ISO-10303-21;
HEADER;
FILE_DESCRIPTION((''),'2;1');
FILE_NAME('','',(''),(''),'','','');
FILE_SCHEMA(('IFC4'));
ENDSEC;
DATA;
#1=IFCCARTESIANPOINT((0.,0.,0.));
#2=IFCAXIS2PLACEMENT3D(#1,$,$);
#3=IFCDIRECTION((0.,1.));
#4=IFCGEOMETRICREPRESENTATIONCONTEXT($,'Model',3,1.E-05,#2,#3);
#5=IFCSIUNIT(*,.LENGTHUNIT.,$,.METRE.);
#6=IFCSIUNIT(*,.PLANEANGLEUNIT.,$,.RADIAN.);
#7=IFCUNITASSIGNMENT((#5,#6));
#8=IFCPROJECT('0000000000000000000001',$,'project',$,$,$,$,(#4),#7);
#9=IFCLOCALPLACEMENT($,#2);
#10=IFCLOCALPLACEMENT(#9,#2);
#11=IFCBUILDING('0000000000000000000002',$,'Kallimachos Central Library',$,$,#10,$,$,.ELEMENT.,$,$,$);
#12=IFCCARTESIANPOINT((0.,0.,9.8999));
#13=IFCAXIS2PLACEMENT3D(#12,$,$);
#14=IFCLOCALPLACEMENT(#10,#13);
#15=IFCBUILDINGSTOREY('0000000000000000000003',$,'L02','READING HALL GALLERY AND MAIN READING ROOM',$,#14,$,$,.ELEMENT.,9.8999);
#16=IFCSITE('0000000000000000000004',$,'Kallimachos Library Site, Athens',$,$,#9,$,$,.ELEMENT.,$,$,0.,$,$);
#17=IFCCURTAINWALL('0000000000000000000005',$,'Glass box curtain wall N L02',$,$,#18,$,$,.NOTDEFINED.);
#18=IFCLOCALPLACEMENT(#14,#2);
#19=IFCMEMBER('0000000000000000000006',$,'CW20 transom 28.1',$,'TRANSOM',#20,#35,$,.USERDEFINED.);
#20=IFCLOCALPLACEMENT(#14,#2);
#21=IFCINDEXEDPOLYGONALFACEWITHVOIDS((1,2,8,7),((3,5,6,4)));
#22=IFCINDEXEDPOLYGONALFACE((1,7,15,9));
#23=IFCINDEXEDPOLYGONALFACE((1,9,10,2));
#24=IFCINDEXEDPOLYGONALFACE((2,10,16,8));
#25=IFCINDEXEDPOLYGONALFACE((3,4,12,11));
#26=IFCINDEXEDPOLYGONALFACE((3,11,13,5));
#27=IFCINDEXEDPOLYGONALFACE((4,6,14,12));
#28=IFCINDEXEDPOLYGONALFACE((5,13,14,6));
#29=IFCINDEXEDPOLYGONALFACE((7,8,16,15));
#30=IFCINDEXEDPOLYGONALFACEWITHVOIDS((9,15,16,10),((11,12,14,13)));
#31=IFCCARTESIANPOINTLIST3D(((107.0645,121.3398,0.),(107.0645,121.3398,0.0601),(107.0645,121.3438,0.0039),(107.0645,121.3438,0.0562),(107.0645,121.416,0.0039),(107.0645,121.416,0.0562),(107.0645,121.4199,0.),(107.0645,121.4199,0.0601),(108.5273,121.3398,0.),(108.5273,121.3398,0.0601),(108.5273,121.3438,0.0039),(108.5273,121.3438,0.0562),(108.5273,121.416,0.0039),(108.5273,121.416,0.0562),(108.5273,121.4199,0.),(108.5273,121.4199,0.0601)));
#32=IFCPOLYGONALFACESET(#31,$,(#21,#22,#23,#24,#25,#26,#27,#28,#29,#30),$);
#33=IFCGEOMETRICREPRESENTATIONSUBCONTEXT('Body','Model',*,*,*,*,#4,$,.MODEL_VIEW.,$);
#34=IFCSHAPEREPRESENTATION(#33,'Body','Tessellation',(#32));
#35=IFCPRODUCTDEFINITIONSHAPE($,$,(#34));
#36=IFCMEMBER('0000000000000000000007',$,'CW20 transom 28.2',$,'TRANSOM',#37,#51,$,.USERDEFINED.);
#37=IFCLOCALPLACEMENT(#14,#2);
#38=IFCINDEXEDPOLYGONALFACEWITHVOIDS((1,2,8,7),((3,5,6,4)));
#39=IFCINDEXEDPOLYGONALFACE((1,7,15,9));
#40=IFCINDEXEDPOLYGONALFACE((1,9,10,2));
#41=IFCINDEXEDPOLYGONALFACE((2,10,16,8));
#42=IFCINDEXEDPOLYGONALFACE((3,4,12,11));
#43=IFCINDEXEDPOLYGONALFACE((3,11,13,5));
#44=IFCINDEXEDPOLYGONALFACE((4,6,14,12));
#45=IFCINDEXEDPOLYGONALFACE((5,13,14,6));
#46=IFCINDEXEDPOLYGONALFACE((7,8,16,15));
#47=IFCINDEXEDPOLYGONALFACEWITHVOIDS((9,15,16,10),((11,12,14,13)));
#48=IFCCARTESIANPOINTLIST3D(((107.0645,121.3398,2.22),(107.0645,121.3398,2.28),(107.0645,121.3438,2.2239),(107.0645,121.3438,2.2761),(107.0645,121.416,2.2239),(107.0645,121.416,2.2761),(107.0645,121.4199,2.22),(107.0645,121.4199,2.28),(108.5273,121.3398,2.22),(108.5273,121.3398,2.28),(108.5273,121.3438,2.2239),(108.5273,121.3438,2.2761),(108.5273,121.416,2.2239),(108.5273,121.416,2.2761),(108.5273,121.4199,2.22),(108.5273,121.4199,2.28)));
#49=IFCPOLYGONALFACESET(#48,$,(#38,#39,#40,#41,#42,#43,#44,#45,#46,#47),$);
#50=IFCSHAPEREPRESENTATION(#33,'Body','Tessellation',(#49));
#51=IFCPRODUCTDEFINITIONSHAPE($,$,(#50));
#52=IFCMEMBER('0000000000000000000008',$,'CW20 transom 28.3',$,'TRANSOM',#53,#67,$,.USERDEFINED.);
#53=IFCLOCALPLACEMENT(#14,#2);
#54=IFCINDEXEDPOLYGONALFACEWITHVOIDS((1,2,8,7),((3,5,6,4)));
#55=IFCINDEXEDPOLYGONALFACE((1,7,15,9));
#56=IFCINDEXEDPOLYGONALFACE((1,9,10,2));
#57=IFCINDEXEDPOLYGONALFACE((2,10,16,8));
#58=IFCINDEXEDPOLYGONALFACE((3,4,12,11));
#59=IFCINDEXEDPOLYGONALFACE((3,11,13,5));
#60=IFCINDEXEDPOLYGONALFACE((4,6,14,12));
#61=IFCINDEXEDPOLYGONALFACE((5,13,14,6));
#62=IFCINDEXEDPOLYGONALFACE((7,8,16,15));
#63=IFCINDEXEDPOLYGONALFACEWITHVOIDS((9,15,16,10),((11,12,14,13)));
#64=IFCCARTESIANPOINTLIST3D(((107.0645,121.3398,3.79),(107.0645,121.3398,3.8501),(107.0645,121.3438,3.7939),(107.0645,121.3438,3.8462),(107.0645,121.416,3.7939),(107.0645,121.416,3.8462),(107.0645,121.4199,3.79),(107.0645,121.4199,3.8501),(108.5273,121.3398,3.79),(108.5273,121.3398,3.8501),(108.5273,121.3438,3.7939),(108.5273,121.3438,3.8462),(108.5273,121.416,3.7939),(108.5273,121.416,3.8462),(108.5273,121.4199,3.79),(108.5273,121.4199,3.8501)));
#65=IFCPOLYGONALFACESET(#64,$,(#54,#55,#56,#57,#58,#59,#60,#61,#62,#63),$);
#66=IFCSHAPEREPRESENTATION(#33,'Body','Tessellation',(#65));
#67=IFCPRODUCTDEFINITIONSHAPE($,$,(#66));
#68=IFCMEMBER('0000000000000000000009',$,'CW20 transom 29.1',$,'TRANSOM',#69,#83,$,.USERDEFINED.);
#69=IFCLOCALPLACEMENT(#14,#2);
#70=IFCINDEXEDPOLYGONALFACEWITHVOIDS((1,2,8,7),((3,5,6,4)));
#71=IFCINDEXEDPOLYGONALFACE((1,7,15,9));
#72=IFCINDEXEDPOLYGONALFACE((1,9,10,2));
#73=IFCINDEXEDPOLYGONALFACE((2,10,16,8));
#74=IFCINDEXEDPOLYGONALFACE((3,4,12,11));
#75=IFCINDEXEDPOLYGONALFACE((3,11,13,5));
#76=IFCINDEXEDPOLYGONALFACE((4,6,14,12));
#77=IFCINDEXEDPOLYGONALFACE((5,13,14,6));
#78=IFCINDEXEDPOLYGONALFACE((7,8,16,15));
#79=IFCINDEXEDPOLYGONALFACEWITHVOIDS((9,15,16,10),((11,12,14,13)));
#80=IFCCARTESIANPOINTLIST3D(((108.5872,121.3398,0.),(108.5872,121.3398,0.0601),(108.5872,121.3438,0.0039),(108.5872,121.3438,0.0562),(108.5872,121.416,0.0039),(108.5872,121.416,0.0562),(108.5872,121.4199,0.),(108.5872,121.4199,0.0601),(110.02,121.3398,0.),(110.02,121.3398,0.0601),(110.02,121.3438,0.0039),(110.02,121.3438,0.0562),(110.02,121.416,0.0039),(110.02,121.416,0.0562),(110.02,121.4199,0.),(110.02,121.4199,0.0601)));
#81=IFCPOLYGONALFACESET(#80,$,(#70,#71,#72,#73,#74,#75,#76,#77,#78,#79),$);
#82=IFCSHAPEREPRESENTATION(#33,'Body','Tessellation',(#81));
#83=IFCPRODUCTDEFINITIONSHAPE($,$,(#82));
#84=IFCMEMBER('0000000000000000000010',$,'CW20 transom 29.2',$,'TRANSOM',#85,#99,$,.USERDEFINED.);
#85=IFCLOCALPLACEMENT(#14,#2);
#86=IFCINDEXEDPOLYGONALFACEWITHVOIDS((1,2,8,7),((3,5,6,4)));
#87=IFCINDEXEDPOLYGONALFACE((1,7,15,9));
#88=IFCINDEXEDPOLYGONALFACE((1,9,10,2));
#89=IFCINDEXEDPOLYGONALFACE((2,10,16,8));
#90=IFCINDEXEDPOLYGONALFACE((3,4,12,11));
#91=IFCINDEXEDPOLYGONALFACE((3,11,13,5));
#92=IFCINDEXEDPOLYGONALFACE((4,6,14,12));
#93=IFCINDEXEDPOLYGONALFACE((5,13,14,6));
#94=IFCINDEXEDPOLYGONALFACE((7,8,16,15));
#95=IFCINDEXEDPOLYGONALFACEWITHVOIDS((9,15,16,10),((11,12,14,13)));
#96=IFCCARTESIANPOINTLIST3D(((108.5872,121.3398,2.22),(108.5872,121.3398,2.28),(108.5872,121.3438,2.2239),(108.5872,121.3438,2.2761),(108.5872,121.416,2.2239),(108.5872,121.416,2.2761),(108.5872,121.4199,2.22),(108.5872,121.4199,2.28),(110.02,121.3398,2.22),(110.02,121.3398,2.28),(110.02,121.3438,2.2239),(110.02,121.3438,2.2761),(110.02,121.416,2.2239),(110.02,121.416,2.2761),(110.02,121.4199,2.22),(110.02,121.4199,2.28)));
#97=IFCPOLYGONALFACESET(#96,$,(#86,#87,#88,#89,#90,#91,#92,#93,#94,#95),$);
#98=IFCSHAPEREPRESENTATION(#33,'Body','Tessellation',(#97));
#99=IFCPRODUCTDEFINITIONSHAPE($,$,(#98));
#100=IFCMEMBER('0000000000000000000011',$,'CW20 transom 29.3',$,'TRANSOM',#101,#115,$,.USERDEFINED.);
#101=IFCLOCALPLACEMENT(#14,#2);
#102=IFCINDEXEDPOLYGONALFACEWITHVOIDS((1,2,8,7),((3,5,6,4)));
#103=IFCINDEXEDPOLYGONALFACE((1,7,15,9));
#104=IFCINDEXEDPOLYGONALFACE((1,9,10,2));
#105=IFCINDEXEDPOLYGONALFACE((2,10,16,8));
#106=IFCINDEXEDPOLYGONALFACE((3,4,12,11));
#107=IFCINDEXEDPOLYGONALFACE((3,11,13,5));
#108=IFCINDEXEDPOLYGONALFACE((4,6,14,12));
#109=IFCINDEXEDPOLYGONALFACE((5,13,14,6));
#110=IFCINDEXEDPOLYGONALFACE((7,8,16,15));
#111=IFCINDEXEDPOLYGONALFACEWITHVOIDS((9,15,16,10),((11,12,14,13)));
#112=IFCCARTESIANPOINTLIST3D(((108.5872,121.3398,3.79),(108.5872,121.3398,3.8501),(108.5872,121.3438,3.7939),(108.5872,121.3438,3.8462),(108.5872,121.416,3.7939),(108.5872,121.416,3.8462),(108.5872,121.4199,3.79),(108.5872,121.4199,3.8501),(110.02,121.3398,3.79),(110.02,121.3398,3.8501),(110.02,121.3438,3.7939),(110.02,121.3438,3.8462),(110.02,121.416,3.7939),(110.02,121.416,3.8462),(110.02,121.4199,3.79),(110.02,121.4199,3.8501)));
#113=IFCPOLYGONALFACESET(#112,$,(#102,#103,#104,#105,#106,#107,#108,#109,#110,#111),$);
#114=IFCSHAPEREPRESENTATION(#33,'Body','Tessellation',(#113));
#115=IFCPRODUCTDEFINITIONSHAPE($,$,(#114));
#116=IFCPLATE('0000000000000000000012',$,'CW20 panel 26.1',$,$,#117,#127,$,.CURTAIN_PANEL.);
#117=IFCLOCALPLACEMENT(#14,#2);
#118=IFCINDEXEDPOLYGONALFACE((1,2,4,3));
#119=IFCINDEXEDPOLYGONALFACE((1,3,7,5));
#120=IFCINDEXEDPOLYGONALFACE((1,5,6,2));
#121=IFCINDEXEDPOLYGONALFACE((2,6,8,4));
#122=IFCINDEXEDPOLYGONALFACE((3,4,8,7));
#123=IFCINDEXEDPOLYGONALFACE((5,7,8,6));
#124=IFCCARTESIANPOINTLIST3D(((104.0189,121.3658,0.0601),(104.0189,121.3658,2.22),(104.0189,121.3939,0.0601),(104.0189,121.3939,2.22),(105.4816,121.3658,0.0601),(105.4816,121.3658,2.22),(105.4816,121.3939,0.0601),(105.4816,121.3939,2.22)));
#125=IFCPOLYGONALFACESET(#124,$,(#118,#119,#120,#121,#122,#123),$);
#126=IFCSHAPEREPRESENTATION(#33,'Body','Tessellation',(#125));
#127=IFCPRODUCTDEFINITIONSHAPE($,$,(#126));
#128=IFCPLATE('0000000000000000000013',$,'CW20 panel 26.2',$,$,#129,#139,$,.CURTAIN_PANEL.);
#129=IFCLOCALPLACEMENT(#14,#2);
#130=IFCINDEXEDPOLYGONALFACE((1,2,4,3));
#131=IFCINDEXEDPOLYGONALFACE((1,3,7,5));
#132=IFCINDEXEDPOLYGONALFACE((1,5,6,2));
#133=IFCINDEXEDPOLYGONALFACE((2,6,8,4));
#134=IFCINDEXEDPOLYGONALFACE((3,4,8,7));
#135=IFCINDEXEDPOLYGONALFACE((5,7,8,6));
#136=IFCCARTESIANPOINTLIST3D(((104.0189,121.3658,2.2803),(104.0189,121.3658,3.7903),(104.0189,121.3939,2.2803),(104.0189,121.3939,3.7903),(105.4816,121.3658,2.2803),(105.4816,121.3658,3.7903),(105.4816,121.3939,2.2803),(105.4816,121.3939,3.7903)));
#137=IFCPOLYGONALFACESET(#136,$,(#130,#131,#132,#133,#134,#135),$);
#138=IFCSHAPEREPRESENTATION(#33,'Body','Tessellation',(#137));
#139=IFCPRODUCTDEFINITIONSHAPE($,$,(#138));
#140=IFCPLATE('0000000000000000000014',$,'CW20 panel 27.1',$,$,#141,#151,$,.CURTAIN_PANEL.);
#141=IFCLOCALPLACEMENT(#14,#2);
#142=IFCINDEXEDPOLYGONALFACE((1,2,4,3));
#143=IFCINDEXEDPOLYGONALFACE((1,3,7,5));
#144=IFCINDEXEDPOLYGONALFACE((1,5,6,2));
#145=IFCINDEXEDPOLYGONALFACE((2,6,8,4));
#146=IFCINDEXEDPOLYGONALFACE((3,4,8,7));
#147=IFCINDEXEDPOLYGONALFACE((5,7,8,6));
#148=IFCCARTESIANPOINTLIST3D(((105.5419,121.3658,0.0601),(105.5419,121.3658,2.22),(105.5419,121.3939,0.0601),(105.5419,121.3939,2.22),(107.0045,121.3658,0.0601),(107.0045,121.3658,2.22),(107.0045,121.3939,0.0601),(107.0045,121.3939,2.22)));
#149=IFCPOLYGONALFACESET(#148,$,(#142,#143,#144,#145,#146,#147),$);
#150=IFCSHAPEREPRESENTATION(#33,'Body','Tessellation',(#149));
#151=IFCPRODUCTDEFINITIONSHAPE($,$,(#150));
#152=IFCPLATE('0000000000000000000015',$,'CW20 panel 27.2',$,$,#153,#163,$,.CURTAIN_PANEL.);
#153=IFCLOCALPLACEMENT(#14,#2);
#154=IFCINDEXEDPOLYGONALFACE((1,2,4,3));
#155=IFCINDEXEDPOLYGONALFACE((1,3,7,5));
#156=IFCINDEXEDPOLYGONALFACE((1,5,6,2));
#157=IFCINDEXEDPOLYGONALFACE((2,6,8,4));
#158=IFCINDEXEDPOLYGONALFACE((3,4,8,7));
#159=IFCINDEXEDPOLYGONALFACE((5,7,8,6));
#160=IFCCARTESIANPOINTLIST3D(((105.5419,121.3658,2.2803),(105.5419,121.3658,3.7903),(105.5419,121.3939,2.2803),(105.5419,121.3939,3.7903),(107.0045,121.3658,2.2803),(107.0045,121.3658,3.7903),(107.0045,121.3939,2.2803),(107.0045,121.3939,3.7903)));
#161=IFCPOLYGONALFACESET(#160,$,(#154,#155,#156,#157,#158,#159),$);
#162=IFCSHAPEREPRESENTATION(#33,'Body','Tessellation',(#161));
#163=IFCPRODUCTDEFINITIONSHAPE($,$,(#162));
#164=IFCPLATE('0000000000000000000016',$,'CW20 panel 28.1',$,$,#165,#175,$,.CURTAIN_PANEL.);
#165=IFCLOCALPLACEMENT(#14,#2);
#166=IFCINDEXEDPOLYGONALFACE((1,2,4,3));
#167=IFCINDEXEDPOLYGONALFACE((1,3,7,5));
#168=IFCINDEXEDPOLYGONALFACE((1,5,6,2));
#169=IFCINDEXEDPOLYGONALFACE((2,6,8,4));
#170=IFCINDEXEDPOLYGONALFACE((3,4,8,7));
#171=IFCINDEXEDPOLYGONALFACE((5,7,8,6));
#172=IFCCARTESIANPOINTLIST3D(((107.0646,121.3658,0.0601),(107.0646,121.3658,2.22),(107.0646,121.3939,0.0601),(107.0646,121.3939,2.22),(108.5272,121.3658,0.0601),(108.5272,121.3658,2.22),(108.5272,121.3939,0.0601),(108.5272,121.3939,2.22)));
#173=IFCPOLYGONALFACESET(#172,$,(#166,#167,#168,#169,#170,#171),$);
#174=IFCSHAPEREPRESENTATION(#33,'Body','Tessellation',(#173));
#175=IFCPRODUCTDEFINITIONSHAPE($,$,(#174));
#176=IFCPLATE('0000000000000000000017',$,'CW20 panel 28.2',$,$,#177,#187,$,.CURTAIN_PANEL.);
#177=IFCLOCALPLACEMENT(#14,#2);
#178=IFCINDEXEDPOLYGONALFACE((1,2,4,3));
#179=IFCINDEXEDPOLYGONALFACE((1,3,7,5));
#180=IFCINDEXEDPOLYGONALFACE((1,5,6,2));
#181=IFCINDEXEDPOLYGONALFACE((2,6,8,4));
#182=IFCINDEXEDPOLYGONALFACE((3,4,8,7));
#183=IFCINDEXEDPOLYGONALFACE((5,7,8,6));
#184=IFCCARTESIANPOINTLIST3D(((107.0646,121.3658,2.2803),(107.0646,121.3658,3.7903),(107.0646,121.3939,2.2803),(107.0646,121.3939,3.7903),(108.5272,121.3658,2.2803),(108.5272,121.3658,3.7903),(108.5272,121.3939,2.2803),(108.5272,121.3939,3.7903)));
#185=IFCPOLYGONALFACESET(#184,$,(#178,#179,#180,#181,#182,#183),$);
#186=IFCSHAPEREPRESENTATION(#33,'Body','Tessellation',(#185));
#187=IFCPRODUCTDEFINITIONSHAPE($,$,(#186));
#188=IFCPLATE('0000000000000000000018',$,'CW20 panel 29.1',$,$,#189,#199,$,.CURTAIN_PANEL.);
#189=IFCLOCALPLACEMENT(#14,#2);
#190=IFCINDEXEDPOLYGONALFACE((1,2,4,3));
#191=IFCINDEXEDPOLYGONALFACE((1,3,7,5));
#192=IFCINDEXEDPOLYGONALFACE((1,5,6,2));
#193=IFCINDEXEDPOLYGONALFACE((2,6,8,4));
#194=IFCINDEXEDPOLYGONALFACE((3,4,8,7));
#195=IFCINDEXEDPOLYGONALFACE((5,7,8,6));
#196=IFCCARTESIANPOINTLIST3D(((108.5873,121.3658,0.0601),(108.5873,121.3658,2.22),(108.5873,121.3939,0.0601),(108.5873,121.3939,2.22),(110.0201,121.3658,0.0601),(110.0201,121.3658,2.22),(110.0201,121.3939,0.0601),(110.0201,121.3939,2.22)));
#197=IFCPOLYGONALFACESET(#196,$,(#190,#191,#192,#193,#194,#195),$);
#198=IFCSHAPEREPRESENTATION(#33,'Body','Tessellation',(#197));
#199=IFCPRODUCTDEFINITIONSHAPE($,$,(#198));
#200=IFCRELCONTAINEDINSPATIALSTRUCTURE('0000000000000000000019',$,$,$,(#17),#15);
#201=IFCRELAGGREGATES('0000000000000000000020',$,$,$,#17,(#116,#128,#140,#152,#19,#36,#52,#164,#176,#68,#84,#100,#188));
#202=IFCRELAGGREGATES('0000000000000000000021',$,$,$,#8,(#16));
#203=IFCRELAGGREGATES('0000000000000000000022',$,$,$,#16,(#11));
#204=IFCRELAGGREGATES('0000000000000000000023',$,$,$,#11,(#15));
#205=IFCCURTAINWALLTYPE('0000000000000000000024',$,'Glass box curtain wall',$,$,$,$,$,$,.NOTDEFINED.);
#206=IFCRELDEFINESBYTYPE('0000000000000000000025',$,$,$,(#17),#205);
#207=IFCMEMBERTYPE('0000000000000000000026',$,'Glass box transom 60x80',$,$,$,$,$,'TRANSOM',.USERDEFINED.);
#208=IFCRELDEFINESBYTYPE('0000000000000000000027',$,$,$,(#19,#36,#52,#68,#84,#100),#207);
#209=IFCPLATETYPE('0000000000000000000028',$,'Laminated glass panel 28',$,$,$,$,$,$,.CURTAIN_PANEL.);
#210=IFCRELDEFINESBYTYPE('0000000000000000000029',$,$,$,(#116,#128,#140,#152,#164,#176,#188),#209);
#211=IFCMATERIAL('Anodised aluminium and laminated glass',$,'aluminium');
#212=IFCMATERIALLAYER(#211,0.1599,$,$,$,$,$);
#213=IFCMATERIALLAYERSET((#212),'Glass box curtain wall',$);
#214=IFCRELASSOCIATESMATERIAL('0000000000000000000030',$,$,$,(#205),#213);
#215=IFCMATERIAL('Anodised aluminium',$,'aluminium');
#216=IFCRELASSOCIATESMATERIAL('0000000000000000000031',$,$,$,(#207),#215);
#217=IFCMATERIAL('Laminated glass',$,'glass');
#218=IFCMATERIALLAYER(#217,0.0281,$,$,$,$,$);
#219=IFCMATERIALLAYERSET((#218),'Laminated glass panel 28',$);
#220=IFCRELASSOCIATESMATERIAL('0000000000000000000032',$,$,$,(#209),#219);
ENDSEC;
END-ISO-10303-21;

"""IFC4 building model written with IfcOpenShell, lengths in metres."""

from ifc_helpers import new_model, si_unit, direction, frame, origin, origin_2d, place, context, subcontext, project, spatial, rectangle, hollow_rectangle, extrude, material, layer, layer_set, material_profile, profile_set, type_object, element, aggregate, save


model = new_model("IFC4")

# Units and contexts
model_context = context("Model", 3, precision=1e-05, world=origin(), true_north=direction((0.0, 1.0)))
body_context = subcontext(model_context, "Body", "Model", "MODEL_VIEW")
ifc_project = project(units=[si_unit("LENGTHUNIT", "METRE"), si_unit("PLANEANGLEUNIT", "RADIAN")], contexts=[model_context])

# Site, building, storey
site_placement = place(None, origin())
site = spatial("IfcSite", under=ifc_project, at=site_placement, Name="Kallimachos Library Site, Athens", CompositionType="ELEMENT", RefElevation=0.0)
building_placement = place(site_placement, origin())
building = spatial("IfcBuilding", under=site, at=building_placement, Name="Kallimachos Central Library", CompositionType="ELEMENT")
storey_placement = place(building_placement, frame((0.0, 0.0, 9.8999)))
storey = spatial("IfcBuildingStorey", under=building, at=storey_placement, Name="L02", Description="READING HALL GALLERY AND MAIN READING ROOM", CompositionType="ELEMENT", Elevation=9.8999)

# Curtain wall, members, plates
ifc_material_1 = material(Name="Anodised aluminium and laminated glass", Category="aluminium")
ifc_layer_1 = layer(ifc_material_1, 0.1599)
ifc_layer_set_1 = layer_set([ifc_layer_1], Name="Glass box curtain wall")
curtain_wall_type = type_object("IfcCurtainWallType", Name="Glass box curtain wall", PredefinedType="NOTDEFINED", material=ifc_layer_set_1)
curtain_wall_placement = place(storey_placement, origin())
curtain_wall = element("IfcCurtainWall", 1, at=curtain_wall_placement, inside=storey, type_object=curtain_wall_type, Name="Glass box curtain wall N L02", PredefinedType="NOTDEFINED")
ifc_material_2 = material(Name="Anodised aluminium", Category="aluminium")
ifc_material_profile_1 = material_profile(ifc_material_2, hollow_rectangle(XDim=0.0601, YDim=0.0801, WallThickness=0.0039, at=origin_2d()), Name="ALU TRANSOM 60x80")
ifc_profile_set_1 = profile_set([ifc_material_profile_1], Name="Anodised aluminium")
member_type_1 = type_object("IfcMemberType", Name="Glass box transom 60x80", ElementType="TRANSOM", PredefinedType="USERDEFINED", material=ifc_profile_set_1)
member_1_placement = place(storey_placement, frame((107.0645, 121.3799, 0.03), z_axis=(1.0, 0.0, 0.0), x_axis=(0.0, 0.0, 1.0)))
member_1 = element("IfcMember", 2, at=member_1_placement, type_object=member_type_1, Name="CW20 transom 28.1", ObjectType="TRANSOM", PredefinedType="USERDEFINED", context=body_context, shape_type="SweptSolid", body=[
    extrude(hollow_rectangle(XDim=0.0601, YDim=0.0801, WallThickness=0.0039, at=origin_2d()), origin(), (0.0, 0.0, 1.0), 1.4629),
])
member_2_placement = place(storey_placement, frame((107.0645, 121.3799, 2.25), z_axis=(1.0, 0.0, 0.0), x_axis=(0.0, 0.0, 1.0)))
member_2 = element("IfcMember", 3, at=member_2_placement, type_object=member_type_1, Name="CW20 transom 28.2", ObjectType="TRANSOM", PredefinedType="USERDEFINED", context=body_context, shape_type="SweptSolid", body=[
    extrude(hollow_rectangle(XDim=0.0601, YDim=0.0801, WallThickness=0.0039, at=origin_2d()), origin(), (0.0, 0.0, 1.0), 1.4629),
])
member_3_placement = place(storey_placement, frame((107.0645, 121.3799, 3.8201), z_axis=(1.0, 0.0, 0.0), x_axis=(0.0, 0.0, 1.0)))
member_3 = element("IfcMember", 4, at=member_3_placement, type_object=member_type_1, Name="CW20 transom 28.3", ObjectType="TRANSOM", PredefinedType="USERDEFINED", context=body_context, shape_type="SweptSolid", body=[
    extrude(hollow_rectangle(XDim=0.0601, YDim=0.0801, WallThickness=0.0039, at=origin_2d()), origin(), (0.0, 0.0, 1.0), 1.4629),
])
member_4_placement = place(storey_placement, frame((108.5872, 121.3799, 0.03), z_axis=(1.0, 0.0, 0.0), x_axis=(0.0, 0.0, 1.0)))
member_4 = element("IfcMember", 5, at=member_4_placement, type_object=member_type_1, Name="CW20 transom 29.1", ObjectType="TRANSOM", PredefinedType="USERDEFINED", context=body_context, shape_type="SweptSolid", body=[
    extrude(hollow_rectangle(XDim=0.0601, YDim=0.0801, WallThickness=0.0039, at=origin_2d()), origin(), (0.0, 0.0, 1.0), 1.4329),
])
member_5_placement = place(storey_placement, frame((108.5872, 121.3799, 2.25), z_axis=(1.0, 0.0, 0.0), x_axis=(0.0, 0.0, 1.0)))
member_5 = element("IfcMember", 6, at=member_5_placement, type_object=member_type_1, Name="CW20 transom 29.2", ObjectType="TRANSOM", PredefinedType="USERDEFINED", context=body_context, shape_type="SweptSolid", body=[
    extrude(hollow_rectangle(XDim=0.0601, YDim=0.0801, WallThickness=0.0039, at=origin_2d()), origin(), (0.0, 0.0, 1.0), 1.4329),
])
member_6_placement = place(storey_placement, frame((108.5872, 121.3799, 3.8201), z_axis=(1.0, 0.0, 0.0), x_axis=(0.0, 0.0, 1.0)))
member_6 = element("IfcMember", 7, at=member_6_placement, type_object=member_type_1, Name="CW20 transom 29.3", ObjectType="TRANSOM", PredefinedType="USERDEFINED", context=body_context, shape_type="SweptSolid", body=[
    extrude(hollow_rectangle(XDim=0.0601, YDim=0.0801, WallThickness=0.0039, at=origin_2d()), origin(), (0.0, 0.0, 1.0), 1.4329),
])
ifc_material_3 = material(Name="Laminated glass", Category="glass")
ifc_layer_2 = layer(ifc_material_3, 0.0281)
ifc_layer_set_2 = layer_set([ifc_layer_2], Name="Laminated glass panel 28")
plate_type = type_object("IfcPlateType", Name="Laminated glass panel 28", PredefinedType="CURTAIN_PANEL", material=ifc_layer_set_2)
plate_1_placement = place(storey_placement, frame((104.7502, 121.3799, 0.0601), z_axis=(0.0, 0.0, 1.0), x_axis=(1.0, 0.0, 0.0)))
plate_1 = element("IfcPlate", 8, at=plate_1_placement, type_object=plate_type, Name="CW20 panel 26.1", PredefinedType="CURTAIN_PANEL", context=body_context, shape_type="SweptSolid", body=[
    extrude(rectangle(XDim=1.4626, YDim=0.0281, at=origin_2d()), origin(), (0.0, 0.0, 1.0), 2.1599),
])
plate_2_placement = place(storey_placement, frame((104.7502, 121.3799, 2.2803), z_axis=(0.0, 0.0, 1.0), x_axis=(1.0, 0.0, 0.0)))
plate_2 = element("IfcPlate", 9, at=plate_2_placement, type_object=plate_type, Name="CW20 panel 26.2", PredefinedType="CURTAIN_PANEL", context=body_context, shape_type="SweptSolid", body=[
    extrude(rectangle(XDim=1.4626, YDim=0.0281, at=origin_2d()), origin(), (0.0, 0.0, 1.0), 1.51),
])
plate_3_placement = place(storey_placement, frame((106.2732, 121.3799, 0.0601), z_axis=(0.0, 0.0, 1.0), x_axis=(1.0, 0.0, 0.0)))
plate_3 = element("IfcPlate", 10, at=plate_3_placement, type_object=plate_type, Name="CW20 panel 27.1", PredefinedType="CURTAIN_PANEL", context=body_context, shape_type="SweptSolid", body=[
    extrude(rectangle(XDim=1.4626, YDim=0.0281, at=origin_2d()), origin(), (0.0, 0.0, 1.0), 2.1599),
])
plate_4_placement = place(storey_placement, frame((106.2732, 121.3799, 2.2803), z_axis=(0.0, 0.0, 1.0), x_axis=(1.0, 0.0, 0.0)))
plate_4 = element("IfcPlate", 11, at=plate_4_placement, type_object=plate_type, Name="CW20 panel 27.2", PredefinedType="CURTAIN_PANEL", context=body_context, shape_type="SweptSolid", body=[
    extrude(rectangle(XDim=1.4626, YDim=0.0281, at=origin_2d()), origin(), (0.0, 0.0, 1.0), 1.51),
])
plate_5_placement = place(storey_placement, frame((107.7959, 121.3799, 0.0601), z_axis=(0.0, 0.0, 1.0), x_axis=(1.0, 0.0, 0.0)))
plate_5 = element("IfcPlate", 12, at=plate_5_placement, type_object=plate_type, Name="CW20 panel 28.1", PredefinedType="CURTAIN_PANEL", context=body_context, shape_type="SweptSolid", body=[
    extrude(rectangle(XDim=1.4626, YDim=0.0281, at=origin_2d()), origin(), (0.0, 0.0, 1.0), 2.1599),
])
plate_6_placement = place(storey_placement, frame((107.7959, 121.3799, 2.2803), z_axis=(0.0, 0.0, 1.0), x_axis=(1.0, 0.0, 0.0)))
plate_6 = element("IfcPlate", 13, at=plate_6_placement, type_object=plate_type, Name="CW20 panel 28.2", PredefinedType="CURTAIN_PANEL", context=body_context, shape_type="SweptSolid", body=[
    extrude(rectangle(XDim=1.4626, YDim=0.0281, at=origin_2d()), origin(), (0.0, 0.0, 1.0), 1.51),
])
plate_7_placement = place(storey_placement, frame((109.3037, 121.3799, 0.0601), z_axis=(0.0, 0.0, 1.0), x_axis=(1.0, 0.0, 0.0)))
plate_7 = element("IfcPlate", 14, at=plate_7_placement, type_object=plate_type, Name="CW20 panel 29.1", PredefinedType="CURTAIN_PANEL", context=body_context, shape_type="SweptSolid", body=[
    extrude(rectangle(XDim=1.4329, YDim=0.0281, at=origin_2d()), origin(), (0.0, 0.0, 1.0), 2.1599),
])
aggregate(curtain_wall, [plate_1, plate_2, plate_3, plate_4, member_1, member_2, member_3, plate_5, plate_6, member_4, member_5, member_6, plate_7])

save(model, "model.ifc")
